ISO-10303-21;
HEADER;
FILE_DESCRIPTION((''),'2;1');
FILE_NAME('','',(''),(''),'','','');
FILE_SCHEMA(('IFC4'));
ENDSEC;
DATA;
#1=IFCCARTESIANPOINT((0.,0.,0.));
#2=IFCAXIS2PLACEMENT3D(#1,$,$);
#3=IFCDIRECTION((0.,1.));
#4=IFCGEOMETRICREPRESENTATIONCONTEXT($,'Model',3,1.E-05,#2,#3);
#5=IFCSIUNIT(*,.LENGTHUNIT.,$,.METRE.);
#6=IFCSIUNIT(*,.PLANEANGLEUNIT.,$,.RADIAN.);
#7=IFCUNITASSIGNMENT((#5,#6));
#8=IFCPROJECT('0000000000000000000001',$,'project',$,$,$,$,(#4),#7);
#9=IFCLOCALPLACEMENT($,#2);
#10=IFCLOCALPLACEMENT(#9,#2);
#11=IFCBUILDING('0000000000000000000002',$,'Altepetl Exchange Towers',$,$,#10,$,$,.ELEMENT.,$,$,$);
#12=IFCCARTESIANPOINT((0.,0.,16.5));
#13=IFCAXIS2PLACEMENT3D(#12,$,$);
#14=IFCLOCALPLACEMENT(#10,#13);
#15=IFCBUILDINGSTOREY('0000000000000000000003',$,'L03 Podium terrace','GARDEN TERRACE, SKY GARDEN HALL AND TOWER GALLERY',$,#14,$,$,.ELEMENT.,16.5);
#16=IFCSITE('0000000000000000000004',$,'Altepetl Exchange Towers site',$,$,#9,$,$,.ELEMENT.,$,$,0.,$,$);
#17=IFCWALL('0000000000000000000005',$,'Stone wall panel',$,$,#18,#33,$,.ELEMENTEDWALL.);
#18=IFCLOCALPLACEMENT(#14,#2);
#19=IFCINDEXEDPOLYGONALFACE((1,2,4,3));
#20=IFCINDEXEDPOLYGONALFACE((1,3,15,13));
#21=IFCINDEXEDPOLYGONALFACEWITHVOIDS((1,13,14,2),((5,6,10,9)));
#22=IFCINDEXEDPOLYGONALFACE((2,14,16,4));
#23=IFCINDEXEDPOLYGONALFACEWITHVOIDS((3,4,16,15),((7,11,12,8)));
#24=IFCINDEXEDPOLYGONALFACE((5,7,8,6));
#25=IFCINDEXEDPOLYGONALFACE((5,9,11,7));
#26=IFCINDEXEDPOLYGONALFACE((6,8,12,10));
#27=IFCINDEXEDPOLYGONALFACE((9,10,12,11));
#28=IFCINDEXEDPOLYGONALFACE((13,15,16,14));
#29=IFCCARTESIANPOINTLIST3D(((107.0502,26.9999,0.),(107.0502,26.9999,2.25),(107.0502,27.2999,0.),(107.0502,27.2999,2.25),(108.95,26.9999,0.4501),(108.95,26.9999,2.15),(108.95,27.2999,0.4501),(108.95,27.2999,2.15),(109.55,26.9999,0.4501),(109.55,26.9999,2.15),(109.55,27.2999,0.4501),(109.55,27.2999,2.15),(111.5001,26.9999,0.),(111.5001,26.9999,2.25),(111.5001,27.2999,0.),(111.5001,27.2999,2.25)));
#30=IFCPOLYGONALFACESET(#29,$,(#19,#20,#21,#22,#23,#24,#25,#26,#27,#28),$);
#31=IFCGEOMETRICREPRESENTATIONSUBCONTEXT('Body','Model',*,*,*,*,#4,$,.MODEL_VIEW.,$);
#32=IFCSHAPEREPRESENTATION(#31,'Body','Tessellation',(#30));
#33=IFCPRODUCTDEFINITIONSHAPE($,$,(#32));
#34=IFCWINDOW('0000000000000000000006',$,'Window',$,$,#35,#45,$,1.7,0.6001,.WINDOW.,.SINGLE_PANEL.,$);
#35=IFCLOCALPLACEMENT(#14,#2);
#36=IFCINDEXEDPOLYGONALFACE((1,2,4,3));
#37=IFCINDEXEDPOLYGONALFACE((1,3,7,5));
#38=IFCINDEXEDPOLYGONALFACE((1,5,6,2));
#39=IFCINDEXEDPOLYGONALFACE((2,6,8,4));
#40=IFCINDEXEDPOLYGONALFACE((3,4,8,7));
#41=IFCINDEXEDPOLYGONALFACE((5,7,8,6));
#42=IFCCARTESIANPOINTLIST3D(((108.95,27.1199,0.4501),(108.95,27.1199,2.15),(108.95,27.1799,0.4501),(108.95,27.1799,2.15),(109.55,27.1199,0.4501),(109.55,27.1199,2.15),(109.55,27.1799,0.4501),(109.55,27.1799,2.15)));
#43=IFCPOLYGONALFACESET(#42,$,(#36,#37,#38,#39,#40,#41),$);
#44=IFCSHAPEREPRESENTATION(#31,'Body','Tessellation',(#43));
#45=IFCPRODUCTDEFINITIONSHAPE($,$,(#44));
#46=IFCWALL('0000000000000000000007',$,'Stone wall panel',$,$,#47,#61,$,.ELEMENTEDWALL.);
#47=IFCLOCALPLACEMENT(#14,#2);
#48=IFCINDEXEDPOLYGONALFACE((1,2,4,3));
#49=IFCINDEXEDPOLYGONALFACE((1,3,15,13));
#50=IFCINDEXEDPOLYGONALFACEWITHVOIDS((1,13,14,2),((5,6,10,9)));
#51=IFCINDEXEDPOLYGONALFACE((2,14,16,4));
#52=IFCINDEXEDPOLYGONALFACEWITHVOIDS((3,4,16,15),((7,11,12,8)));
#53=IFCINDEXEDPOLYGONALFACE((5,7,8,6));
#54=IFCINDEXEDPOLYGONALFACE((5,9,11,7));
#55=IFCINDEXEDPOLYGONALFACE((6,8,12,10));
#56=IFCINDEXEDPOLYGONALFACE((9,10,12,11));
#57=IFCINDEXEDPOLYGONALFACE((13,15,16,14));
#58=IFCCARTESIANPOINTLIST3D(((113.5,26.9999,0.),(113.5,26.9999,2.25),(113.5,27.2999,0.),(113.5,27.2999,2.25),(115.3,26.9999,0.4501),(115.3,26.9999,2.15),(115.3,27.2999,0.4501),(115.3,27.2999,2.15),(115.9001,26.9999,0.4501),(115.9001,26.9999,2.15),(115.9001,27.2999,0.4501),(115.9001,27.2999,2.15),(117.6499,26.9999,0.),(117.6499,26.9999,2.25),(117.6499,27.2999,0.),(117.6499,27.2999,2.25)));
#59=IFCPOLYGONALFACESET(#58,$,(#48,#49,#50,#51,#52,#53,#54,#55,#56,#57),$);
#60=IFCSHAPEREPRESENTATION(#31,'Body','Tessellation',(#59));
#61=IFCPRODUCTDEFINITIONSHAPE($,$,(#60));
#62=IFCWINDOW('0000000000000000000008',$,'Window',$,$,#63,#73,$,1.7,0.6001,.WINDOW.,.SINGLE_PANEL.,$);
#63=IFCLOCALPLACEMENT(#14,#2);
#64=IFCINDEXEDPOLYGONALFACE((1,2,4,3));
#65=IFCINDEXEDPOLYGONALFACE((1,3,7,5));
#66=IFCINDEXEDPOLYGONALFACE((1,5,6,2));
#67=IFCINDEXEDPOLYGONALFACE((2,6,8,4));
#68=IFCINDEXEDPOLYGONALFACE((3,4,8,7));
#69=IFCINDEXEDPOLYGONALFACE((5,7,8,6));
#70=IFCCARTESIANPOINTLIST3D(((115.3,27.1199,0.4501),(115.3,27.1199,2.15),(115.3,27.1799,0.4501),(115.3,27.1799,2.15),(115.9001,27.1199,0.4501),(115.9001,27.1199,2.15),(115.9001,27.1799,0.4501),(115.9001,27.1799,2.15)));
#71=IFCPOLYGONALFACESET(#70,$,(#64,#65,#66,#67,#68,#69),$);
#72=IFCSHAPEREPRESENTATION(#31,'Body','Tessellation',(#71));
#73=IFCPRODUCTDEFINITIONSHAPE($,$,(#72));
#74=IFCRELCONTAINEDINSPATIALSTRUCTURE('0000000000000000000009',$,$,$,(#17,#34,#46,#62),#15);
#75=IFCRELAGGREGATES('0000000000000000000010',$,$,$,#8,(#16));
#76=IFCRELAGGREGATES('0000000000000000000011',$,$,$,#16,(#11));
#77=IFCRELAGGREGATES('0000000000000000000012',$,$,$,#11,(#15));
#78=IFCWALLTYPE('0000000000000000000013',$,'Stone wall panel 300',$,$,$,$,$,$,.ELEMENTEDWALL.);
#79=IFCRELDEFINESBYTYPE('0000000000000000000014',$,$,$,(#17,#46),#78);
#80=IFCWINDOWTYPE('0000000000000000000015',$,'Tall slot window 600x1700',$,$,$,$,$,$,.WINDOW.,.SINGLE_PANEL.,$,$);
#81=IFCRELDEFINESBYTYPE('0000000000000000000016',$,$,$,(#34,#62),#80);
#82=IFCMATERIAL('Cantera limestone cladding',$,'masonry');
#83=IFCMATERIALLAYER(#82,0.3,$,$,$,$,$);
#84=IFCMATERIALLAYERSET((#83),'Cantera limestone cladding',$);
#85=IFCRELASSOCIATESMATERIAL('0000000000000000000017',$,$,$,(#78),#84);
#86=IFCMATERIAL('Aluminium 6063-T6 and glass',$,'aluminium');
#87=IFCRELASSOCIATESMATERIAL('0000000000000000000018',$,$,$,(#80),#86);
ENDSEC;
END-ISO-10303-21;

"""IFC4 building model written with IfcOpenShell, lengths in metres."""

from ifc_helpers import new_model, si_unit, direction, frame, frame_2d, origin, place, context, subcontext, project, spatial, rectangle, extrude, material, layer, layer_set, type_object, element, fill, save


model = new_model("IFC4")

# Units and contexts
model_context = context("Model", 3, precision=1e-05, world=origin(), true_north=direction((0.0, 1.0)))
body_context = subcontext(model_context, "Body", "Model", "MODEL_VIEW")
ifc_project = project(units=[si_unit("LENGTHUNIT", "METRE"), si_unit("PLANEANGLEUNIT", "RADIAN")], contexts=[model_context])

# Site, building, storey
site_placement = place(None, origin())
site = spatial("IfcSite", under=ifc_project, at=site_placement, Name="Altepetl Exchange Towers site", CompositionType="ELEMENT", RefElevation=0.0)
building_placement = place(site_placement, origin())
building = spatial("IfcBuilding", under=site, at=building_placement, Name="Altepetl Exchange Towers", CompositionType="ELEMENT")
storey_placement = place(building_placement, frame((0.0, 0.0, 16.5)))
storey = spatial("IfcBuildingStorey", under=building, at=storey_placement, Name="L03 Podium terrace", Description="GARDEN TERRACE, SKY GARDEN HALL AND TOWER GALLERY", CompositionType="ELEMENT", Elevation=16.5)

# Walls, openings, windows
ifc_material_1 = material(Name="Cantera limestone cladding", Category="masonry")
ifc_layer_1 = layer(ifc_material_1, 0.3)
ifc_layer_set_1 = layer_set([ifc_layer_1], Name="Cantera limestone cladding")
wall_type_1 = type_object("IfcWallType", Name="Stone wall panel 300", PredefinedType="ELEMENTEDWALL", material=ifc_layer_set_1)
wall_1_placement = place(storey_placement, frame((107.05, 27.1499, 0.0)))
wall_1 = element("IfcWall", 1, at=wall_1_placement, inside=storey, type_object=wall_type_1, Name="Stone wall panel", PredefinedType="ELEMENTEDWALL", context=body_context, shape_type="SweptSolid", body=[
    extrude(rectangle(XDim=4.45, YDim=0.3, at=frame_2d((2.2251, 0.0))), origin(), (0.0, 0.0, 1.0), 2.25),
])
opening_1_placement = place(wall_1_placement, frame((1.8999, 0.0, 0.45)))
opening_1 = element("IfcOpeningElement", 2, at=opening_1_placement, cuts=wall_1, PredefinedType="OPENING", context=body_context, shape_type="SweptSolid", body=[
    extrude(rectangle(XDim=0.6001, YDim=1.7, at=frame_2d((0.3, 0.8501))), frame((0.0, 0.1602, 0.0), z_axis=(0.0, -1.0, 0.0), x_axis=(1.0, 0.0, 0.0)), (0.0, 0.0, 1.0), 0.3201),
])
ifc_material_2 = material(Name="Aluminium 6063-T6 and glass", Category="aluminium")
window_type = type_object("IfcWindowType", Name="Tall slot window 600x1700", PartitioningType="SINGLE_PANEL", PredefinedType="WINDOW", material=ifc_material_2)
window_1_placement = place(opening_1_placement, origin())
window_1 = element("IfcWindow", 3, at=window_1_placement, inside=storey, type_object=window_type, Name="Window", OverallHeight=1.7, OverallWidth=0.6001, PartitioningType="SINGLE_PANEL", PredefinedType="WINDOW", context=body_context, shape_type="SweptSolid", body=[
    extrude(rectangle(XDim=0.6001, YDim=1.7, at=frame_2d((0.3, 0.8501))), frame((0.0, 0.03, 0.0), z_axis=(0.0, -1.0, 0.0), x_axis=(1.0, 0.0, 0.0)), (0.0, 0.0, 1.0), 0.0601),
])
fill(opening_1, window_1)
wall_2_placement = place(storey_placement, frame((113.5, 27.1499, 0.0)))
wall_2 = element("IfcWall", 4, at=wall_2_placement, inside=storey, type_object=wall_type_1, Name="Stone wall panel", PredefinedType="ELEMENTEDWALL", context=body_context, shape_type="SweptSolid", body=[
    extrude(rectangle(XDim=4.1499, YDim=0.3, at=frame_2d((2.075, 0.0))), origin(), (0.0, 0.0, 1.0), 2.25),
])
opening_2_placement = place(wall_2_placement, frame((1.8, 0.0, 0.45)))
opening_2 = element("IfcOpeningElement", 5, at=opening_2_placement, cuts=wall_2, PredefinedType="OPENING", context=body_context, shape_type="SweptSolid", body=[
    extrude(rectangle(XDim=0.6001, YDim=1.7, at=frame_2d((0.3, 0.8501))), frame((0.0, 0.1602, 0.0), z_axis=(0.0, -1.0, 0.0), x_axis=(1.0, 0.0, 0.0)), (0.0, 0.0, 1.0), 0.3201),
])
window_2_placement = place(opening_2_placement, origin())
window_2 = element("IfcWindow", 6, at=window_2_placement, inside=storey, type_object=window_type, Name="Window", OverallHeight=1.7, OverallWidth=0.6001, PartitioningType="SINGLE_PANEL", PredefinedType="WINDOW", context=body_context, shape_type="SweptSolid", body=[
    extrude(rectangle(XDim=0.6001, YDim=1.7, at=frame_2d((0.3, 0.8501))), frame((0.0, 0.03, 0.0), z_axis=(0.0, -1.0, 0.0), x_axis=(1.0, 0.0, 0.0)), (0.0, 0.0, 1.0), 0.0601),
])
fill(opening_2, window_2)

save(model, "model.ifc")
